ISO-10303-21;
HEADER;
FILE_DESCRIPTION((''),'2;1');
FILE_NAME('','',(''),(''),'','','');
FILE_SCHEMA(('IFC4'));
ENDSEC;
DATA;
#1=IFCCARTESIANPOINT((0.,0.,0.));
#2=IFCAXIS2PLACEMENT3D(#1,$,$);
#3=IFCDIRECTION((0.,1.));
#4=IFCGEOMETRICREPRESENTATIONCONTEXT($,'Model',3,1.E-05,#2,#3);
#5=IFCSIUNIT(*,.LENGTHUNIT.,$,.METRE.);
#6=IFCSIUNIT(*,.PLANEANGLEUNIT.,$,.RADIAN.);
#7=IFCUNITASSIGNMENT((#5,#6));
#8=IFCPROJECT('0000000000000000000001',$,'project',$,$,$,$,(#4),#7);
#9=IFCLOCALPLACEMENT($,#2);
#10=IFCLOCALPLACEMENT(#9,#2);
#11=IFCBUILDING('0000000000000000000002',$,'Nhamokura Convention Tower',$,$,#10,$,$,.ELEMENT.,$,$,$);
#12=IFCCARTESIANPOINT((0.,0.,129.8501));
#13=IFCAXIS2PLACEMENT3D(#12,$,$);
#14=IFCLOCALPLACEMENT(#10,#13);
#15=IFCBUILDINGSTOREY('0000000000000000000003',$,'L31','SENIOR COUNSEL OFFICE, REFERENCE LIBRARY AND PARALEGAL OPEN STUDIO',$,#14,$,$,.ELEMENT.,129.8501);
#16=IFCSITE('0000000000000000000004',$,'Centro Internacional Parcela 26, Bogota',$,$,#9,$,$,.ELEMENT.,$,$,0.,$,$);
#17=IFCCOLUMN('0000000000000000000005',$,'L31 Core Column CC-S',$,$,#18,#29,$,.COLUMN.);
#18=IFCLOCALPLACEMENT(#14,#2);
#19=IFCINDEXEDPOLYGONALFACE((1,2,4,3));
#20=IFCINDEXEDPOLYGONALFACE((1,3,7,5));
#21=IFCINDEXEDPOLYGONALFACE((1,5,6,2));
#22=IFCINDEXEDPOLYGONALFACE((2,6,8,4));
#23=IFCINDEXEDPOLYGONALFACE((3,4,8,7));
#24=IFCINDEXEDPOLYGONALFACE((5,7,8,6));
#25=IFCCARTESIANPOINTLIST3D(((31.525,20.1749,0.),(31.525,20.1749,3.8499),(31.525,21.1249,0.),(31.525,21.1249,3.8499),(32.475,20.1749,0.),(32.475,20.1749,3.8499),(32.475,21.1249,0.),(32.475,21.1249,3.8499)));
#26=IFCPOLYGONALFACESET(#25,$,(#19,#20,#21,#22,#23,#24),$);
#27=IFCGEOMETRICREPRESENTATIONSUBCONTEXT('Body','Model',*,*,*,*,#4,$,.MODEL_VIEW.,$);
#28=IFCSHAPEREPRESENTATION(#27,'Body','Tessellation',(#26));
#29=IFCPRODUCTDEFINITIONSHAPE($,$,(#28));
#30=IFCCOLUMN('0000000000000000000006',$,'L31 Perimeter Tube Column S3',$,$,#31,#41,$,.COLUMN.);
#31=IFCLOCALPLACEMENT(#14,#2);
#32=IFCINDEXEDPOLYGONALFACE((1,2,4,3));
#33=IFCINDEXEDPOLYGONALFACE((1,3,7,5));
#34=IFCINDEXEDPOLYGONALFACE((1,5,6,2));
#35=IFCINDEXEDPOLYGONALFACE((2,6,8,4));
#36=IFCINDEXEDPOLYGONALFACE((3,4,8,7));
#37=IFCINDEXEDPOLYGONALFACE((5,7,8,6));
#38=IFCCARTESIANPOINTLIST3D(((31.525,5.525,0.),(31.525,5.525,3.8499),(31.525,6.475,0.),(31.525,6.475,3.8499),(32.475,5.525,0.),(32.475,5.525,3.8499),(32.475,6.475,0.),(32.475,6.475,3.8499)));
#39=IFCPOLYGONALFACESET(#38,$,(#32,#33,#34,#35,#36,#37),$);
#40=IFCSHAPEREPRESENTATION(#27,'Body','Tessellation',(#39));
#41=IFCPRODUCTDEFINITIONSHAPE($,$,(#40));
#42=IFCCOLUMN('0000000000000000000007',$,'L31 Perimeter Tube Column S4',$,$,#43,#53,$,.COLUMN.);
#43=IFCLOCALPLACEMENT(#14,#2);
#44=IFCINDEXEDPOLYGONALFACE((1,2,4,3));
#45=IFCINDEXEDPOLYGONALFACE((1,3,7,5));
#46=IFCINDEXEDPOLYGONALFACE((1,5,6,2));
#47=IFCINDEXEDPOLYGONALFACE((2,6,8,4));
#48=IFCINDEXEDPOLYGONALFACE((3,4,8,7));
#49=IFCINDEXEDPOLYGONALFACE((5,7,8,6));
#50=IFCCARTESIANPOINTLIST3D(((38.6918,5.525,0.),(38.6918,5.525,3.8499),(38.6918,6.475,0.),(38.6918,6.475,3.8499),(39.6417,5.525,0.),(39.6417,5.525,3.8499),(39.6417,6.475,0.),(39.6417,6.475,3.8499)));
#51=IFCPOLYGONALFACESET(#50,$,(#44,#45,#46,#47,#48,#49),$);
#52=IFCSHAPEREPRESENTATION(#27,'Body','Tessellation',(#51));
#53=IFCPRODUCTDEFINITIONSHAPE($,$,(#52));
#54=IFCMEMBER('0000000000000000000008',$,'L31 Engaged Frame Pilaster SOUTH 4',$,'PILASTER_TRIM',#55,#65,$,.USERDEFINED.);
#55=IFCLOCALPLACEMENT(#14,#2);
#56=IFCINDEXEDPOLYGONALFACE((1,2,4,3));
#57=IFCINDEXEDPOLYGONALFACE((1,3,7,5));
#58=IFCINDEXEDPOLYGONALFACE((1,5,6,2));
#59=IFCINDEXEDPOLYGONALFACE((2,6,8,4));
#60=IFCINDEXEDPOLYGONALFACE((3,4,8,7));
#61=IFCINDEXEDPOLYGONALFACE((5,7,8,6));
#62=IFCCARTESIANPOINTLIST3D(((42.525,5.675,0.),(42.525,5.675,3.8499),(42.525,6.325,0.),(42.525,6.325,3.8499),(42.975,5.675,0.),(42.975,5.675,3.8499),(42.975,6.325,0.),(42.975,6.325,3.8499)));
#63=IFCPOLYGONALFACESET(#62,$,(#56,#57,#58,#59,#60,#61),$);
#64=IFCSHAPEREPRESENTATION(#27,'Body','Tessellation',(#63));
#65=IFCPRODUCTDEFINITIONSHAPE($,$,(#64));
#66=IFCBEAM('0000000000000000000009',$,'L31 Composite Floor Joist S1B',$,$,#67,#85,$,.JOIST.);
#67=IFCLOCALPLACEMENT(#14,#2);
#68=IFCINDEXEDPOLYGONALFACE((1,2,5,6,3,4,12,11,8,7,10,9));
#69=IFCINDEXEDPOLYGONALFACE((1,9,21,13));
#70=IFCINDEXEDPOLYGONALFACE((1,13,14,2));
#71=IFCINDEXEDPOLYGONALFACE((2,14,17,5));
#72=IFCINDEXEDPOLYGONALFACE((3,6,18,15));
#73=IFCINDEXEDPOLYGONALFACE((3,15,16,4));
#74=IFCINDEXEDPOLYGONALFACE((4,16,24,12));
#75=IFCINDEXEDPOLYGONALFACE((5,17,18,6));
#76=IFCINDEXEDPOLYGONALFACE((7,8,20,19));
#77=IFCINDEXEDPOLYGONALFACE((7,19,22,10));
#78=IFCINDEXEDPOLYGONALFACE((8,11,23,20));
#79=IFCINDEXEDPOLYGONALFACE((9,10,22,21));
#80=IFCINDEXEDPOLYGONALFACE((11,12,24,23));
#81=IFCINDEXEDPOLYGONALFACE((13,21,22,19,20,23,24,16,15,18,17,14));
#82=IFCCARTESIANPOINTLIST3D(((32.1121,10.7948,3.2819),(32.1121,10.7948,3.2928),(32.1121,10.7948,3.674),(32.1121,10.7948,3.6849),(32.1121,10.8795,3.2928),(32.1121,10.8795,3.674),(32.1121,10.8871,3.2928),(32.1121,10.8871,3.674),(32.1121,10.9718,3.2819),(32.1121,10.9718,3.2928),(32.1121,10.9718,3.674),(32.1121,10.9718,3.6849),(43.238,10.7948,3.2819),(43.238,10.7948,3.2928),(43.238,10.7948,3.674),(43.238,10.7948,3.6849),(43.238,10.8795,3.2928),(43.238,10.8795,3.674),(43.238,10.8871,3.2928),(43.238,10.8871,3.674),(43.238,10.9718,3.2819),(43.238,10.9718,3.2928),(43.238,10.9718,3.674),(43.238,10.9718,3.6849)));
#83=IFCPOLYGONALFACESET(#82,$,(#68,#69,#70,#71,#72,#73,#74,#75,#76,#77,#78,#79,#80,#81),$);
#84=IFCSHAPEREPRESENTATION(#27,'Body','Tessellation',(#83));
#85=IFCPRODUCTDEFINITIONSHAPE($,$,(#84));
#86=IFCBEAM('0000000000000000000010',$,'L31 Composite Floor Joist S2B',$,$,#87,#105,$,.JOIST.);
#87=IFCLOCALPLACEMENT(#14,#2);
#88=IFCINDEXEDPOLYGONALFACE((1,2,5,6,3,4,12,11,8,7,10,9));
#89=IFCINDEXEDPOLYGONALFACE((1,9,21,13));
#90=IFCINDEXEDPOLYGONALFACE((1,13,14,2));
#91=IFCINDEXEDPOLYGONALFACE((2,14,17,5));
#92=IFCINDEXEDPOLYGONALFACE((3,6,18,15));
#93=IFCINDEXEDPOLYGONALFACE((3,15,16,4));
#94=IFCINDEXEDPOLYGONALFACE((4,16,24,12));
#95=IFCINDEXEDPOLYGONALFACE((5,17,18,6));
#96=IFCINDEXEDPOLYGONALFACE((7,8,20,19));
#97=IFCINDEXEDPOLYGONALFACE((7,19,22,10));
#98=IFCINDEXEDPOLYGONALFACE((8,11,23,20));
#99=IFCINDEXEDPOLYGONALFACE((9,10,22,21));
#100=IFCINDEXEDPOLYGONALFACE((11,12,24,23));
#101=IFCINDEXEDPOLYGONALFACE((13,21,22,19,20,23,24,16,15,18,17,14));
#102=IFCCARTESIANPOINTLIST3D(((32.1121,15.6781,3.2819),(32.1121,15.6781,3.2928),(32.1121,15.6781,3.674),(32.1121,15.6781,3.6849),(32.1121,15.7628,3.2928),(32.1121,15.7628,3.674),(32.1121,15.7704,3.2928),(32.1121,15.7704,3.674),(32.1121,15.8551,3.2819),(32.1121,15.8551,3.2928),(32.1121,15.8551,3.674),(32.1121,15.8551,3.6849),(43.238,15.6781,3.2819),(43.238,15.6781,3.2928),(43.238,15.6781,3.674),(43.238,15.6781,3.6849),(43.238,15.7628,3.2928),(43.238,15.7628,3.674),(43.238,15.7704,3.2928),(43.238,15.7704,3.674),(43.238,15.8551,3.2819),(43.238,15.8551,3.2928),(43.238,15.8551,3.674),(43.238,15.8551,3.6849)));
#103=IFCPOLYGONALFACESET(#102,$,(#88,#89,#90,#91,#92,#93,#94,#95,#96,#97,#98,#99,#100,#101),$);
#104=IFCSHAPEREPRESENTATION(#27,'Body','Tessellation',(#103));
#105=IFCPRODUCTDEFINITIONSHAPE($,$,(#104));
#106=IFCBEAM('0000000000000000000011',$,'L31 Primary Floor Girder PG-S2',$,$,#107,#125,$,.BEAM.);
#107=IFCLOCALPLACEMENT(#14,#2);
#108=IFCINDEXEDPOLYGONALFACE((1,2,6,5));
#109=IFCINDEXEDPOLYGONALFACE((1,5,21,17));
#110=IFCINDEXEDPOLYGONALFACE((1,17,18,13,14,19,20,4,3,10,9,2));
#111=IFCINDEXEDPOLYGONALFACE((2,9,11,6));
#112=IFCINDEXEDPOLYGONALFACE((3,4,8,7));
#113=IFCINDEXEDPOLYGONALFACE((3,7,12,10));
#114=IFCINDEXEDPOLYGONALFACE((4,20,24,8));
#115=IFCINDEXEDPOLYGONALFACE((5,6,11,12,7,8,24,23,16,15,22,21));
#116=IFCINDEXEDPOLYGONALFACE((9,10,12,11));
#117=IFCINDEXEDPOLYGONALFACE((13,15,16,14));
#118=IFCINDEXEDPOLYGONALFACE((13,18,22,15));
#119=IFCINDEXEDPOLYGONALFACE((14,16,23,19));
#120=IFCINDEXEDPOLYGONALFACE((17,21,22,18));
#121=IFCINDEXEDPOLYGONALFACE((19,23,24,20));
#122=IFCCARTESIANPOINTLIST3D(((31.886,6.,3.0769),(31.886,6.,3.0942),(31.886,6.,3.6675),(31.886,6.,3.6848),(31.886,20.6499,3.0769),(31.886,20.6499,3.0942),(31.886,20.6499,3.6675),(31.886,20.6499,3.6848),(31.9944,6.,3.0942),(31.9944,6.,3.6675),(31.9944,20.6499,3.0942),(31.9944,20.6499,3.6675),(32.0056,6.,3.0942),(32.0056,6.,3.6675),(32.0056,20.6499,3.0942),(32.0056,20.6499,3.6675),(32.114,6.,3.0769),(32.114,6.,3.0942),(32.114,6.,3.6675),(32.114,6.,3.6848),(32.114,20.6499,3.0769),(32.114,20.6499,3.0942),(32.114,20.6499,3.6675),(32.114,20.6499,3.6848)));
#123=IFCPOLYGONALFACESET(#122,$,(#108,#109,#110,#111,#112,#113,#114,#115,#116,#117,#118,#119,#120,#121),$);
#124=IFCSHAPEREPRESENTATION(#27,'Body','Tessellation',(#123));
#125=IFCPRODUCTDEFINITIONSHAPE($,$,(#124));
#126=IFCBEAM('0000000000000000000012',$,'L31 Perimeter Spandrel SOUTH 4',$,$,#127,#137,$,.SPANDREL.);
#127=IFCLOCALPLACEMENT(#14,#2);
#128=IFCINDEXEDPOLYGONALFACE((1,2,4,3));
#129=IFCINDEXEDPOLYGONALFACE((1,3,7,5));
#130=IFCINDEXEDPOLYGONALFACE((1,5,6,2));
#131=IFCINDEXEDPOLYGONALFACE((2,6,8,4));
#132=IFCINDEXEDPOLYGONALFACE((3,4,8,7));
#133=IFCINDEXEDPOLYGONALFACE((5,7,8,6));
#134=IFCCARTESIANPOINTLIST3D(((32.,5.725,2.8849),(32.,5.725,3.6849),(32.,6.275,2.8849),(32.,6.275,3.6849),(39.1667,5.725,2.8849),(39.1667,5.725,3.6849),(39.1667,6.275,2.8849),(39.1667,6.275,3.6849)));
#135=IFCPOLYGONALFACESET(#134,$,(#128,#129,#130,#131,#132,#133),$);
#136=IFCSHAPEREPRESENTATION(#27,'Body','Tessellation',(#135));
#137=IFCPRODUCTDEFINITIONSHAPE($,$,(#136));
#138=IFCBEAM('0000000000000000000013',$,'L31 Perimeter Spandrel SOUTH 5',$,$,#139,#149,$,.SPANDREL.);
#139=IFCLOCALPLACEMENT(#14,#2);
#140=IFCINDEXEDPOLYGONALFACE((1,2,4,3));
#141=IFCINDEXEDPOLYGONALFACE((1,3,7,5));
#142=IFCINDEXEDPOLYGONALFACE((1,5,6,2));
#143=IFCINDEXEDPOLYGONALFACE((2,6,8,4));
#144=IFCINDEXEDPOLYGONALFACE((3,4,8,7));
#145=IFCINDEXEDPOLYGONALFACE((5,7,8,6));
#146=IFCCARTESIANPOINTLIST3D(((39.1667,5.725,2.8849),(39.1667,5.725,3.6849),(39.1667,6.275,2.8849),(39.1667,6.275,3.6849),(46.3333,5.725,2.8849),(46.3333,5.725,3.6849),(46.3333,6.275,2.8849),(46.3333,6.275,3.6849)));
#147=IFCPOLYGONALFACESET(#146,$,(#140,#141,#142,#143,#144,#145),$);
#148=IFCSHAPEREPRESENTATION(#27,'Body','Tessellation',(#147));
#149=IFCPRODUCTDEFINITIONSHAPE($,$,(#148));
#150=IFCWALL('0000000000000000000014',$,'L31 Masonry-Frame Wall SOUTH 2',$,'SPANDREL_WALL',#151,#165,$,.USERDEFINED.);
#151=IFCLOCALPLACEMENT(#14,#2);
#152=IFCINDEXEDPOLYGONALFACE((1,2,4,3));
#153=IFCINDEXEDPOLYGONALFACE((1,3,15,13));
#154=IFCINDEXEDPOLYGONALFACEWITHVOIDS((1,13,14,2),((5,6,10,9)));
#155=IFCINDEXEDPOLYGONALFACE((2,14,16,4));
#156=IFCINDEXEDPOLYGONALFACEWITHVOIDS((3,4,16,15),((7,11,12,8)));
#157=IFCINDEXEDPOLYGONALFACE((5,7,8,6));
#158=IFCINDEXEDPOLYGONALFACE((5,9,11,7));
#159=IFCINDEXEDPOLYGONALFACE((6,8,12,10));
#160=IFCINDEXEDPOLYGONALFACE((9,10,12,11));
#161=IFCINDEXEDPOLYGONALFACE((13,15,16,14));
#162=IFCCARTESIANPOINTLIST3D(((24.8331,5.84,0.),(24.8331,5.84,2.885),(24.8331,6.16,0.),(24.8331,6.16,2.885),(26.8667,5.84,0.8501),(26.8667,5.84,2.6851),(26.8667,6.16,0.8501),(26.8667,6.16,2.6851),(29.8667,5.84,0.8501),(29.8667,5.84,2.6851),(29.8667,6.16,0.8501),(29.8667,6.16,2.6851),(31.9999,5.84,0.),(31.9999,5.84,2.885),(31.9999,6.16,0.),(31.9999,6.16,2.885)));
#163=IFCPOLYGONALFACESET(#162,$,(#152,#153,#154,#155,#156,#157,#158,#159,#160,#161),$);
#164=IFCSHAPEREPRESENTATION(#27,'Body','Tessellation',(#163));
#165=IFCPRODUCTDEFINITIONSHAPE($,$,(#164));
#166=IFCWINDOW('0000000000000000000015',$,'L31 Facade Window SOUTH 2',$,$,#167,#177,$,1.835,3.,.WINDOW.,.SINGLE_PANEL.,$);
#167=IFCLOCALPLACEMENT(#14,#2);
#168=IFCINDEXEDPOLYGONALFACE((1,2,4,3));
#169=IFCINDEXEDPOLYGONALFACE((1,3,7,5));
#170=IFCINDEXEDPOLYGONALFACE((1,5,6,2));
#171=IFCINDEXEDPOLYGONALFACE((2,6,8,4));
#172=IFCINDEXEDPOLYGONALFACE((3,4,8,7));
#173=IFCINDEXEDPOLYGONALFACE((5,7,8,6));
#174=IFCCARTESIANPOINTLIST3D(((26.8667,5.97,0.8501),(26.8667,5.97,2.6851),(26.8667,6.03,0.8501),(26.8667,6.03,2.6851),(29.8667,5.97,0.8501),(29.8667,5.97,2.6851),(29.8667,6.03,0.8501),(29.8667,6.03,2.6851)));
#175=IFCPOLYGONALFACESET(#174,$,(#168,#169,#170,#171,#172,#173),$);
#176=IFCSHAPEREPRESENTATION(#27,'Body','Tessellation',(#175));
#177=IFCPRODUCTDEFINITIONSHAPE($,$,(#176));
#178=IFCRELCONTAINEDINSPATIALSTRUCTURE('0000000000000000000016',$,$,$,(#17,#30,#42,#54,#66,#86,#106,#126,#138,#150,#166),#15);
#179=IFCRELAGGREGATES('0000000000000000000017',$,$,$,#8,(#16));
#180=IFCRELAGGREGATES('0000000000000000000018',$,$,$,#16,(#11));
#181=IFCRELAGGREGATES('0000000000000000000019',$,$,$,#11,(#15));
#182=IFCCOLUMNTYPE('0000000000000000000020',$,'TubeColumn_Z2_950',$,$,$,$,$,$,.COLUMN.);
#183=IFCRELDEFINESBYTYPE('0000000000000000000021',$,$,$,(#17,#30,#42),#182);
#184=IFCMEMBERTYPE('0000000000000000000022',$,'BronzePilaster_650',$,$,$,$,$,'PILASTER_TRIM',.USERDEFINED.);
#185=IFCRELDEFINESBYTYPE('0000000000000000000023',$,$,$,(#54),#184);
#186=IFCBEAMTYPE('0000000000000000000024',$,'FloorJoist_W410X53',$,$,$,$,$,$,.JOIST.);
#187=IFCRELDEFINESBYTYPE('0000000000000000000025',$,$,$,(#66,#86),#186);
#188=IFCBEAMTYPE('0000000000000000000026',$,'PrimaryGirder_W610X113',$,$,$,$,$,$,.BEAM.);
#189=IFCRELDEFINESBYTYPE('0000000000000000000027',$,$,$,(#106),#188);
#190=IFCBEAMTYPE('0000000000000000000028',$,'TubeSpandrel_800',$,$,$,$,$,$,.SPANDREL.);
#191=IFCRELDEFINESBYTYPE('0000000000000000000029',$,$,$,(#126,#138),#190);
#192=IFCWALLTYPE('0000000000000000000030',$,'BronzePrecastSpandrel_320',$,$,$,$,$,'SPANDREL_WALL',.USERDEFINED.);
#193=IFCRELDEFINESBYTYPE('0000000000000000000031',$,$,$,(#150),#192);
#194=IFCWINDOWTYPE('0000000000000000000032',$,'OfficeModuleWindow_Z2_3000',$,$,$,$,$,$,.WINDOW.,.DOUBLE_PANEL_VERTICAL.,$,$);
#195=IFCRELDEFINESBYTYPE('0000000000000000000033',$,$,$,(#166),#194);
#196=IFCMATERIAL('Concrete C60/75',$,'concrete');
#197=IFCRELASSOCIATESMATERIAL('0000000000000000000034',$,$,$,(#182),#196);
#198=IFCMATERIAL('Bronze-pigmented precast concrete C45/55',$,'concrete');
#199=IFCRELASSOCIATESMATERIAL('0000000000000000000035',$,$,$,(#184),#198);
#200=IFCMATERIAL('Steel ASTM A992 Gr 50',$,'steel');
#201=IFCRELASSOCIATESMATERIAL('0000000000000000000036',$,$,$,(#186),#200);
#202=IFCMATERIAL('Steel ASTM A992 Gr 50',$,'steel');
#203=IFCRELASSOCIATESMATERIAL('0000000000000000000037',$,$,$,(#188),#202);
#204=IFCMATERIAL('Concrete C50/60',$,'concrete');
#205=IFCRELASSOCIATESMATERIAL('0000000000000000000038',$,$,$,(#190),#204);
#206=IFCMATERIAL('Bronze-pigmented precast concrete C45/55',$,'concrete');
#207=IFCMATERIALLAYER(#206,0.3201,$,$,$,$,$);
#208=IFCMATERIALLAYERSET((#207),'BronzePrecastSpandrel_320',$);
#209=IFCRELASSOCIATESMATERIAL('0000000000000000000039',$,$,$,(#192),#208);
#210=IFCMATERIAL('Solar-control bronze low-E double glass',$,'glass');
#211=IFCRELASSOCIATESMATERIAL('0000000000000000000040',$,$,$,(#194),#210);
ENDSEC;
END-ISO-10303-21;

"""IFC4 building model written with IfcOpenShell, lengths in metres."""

from ifc_helpers import new_model, si_unit, direction, frame, frame_2d, origin, origin_2d, place, context, subcontext, project, spatial, rectangle, i_section, extrude, material, layer, layer_set, material_profile, profile_set, type_object, element, fill, save


model = new_model("IFC4")

# Units and contexts
model_context = context("Model", 3, precision=1e-05, world=origin(), true_north=direction((0.0, 1.0)))
body_context = subcontext(model_context, "Body", "Model", "MODEL_VIEW")
ifc_project = project(units=[si_unit("LENGTHUNIT", "METRE"), si_unit("PLANEANGLEUNIT", "RADIAN")], contexts=[model_context])

# Site, building, storey
site_placement = place(None, origin())
site = spatial("IfcSite", under=ifc_project, at=site_placement, Name="Centro Internacional Parcela 26, Bogota", CompositionType="ELEMENT", RefElevation=0.0)
building_placement = place(site_placement, origin())
building = spatial("IfcBuilding", under=site, at=building_placement, Name="Nhamokura Convention Tower", CompositionType="ELEMENT")
storey_placement = place(building_placement, frame((0.0, 0.0, 129.8501)))
storey = spatial("IfcBuildingStorey", under=building, at=storey_placement, Name="L31", Description="SENIOR COUNSEL OFFICE, REFERENCE LIBRARY AND PARALEGAL OPEN STUDIO", CompositionType="ELEMENT", Elevation=129.8501)

# Columns
ifc_material_1 = material(Name="Concrete C60/75", Category="concrete")
ifc_material_profile_1 = material_profile(ifc_material_1, rectangle(XDim=0.95, YDim=0.95, at=origin_2d()))
ifc_profile_set_1 = profile_set([ifc_material_profile_1], Name="Concrete C60/75")
column_type = type_object("IfcColumnType", Name="TubeColumn_Z2_950", PredefinedType="COLUMN", material=ifc_profile_set_1)
for number, where, z_axis, x_axis, name in (
    (1, (32.0, 20.6499, 0.0), (0.0, 0.0, 1.0), (1.0, 0.0, 0.0), "L31 Core Column CC-S"),
    (2, (32.0, 6.0, 0.0), (0.0, 0.0, 1.0), (1.0, 0.0, 0.0), "L31 Perimeter Tube Column S3"),
    (3, (39.1667, 6.0, 0.0), (0.0, 0.0, 1.0), (1.0, 0.0, 0.0), "L31 Perimeter Tube Column S4"),
):
    element("IfcColumn", number, at=place(storey_placement, frame(where, z_axis=z_axis, x_axis=x_axis)), inside=storey, type_object=column_type, Name=name, PredefinedType="COLUMN", context=body_context, shape_type="SweptSolid", body=[
        extrude(rectangle(XDim=0.95, YDim=0.95, at=origin_2d()), origin(), (0.0, 0.0, 1.0), 3.8499),
    ])

# Member
ifc_material_2 = material(Name="Bronze-pigmented precast concrete C45/55", Category="concrete")
ifc_material_profile_2 = material_profile(ifc_material_2, rectangle(XDim=0.45, YDim=0.6499, at=origin_2d()))
ifc_profile_set_2 = profile_set([ifc_material_profile_2], Name="Bronze-pigmented precast concrete C45/55")
member_type = type_object("IfcMemberType", Name="BronzePilaster_650", ElementType="PILASTER_TRIM", PredefinedType="USERDEFINED", material=ifc_profile_set_2)
member_placement = place(storey_placement, frame((42.75, 6.0, 0.0), z_axis=(0.0, 0.0, 1.0), x_axis=(1.0, 0.0, 0.0)))
element("IfcMember", 4, at=member_placement, inside=storey, type_object=member_type, Name="L31 Engaged Frame Pilaster SOUTH 4", ObjectType="PILASTER_TRIM", PredefinedType="USERDEFINED", context=body_context, shape_type="SweptSolid", body=[
    extrude(rectangle(XDim=0.45, YDim=0.6499, at=origin_2d()), origin(), (0.0, 0.0, 1.0), 3.8499),
])

# Beams
ifc_material_3 = material(Name="Steel ASTM A992 Gr 50", Category="steel")
ifc_material_profile_3 = material_profile(ifc_material_3, i_section(OverallWidth=0.177, OverallDepth=0.4031, WebThickness=0.0076, FlangeThickness=0.011, at=origin_2d()))
ifc_profile_set_3 = profile_set([ifc_material_profile_3], Name="Steel ASTM A992 Gr 50")
beam_type_1 = type_object("IfcBeamType", Name="FloorJoist_W410X53", PredefinedType="JOIST", material=ifc_profile_set_3)
for number, where, z_axis, x_axis, name in (
    (5, (32.1121, 10.8833, 3.4834), (1.0, 0.0, 0.0), (0.0, 1.0, 0.0), "L31 Composite Floor Joist S1B"),
    (6, (32.1121, 15.7666, 3.4834), (1.0, 0.0, 0.0), (0.0, 1.0, 0.0), "L31 Composite Floor Joist S2B"),
):
    element("IfcBeam", number, at=place(storey_placement, frame(where, z_axis=z_axis, x_axis=x_axis)), inside=storey, type_object=beam_type_1, Name=name, PredefinedType="JOIST", context=body_context, shape_type="SweptSolid", body=[
        extrude(i_section(OverallWidth=0.177, OverallDepth=0.4031, WebThickness=0.0076, FlangeThickness=0.011, at=origin_2d()), origin(), (0.0, 0.0, 1.0), 11.126),
    ])
ifc_material_4 = material(Name="Steel ASTM A992 Gr 50", Category="steel")
ifc_material_profile_4 = material_profile(ifc_material_4, i_section(OverallWidth=0.228, OverallDepth=0.6079, WebThickness=0.0112, FlangeThickness=0.0173, at=origin_2d()))
ifc_profile_set_4 = profile_set([ifc_material_profile_4], Name="Steel ASTM A992 Gr 50")
beam_type_2 = type_object("IfcBeamType", Name="PrimaryGirder_W610X113", PredefinedType="BEAM", material=ifc_profile_set_4)
beam_1_placement = place(storey_placement, frame((32.0, 6.0, 3.3809), z_axis=(0.0, 1.0, 0.0), x_axis=(-1.0, 0.0, 0.0)))
element("IfcBeam", 7, at=beam_1_placement, inside=storey, type_object=beam_type_2, Name="L31 Primary Floor Girder PG-S2", PredefinedType="BEAM", context=body_context, shape_type="SweptSolid", body=[
    extrude(i_section(OverallWidth=0.228, OverallDepth=0.6079, WebThickness=0.0112, FlangeThickness=0.0173, at=origin_2d()), origin(), (0.0, 0.0, 1.0), 14.6499),
])
ifc_material_5 = material(Name="Concrete C50/60", Category="concrete")
ifc_material_profile_5 = material_profile(ifc_material_5, rectangle(XDim=0.55, YDim=0.8, at=origin_2d()))
ifc_profile_set_5 = profile_set([ifc_material_profile_5], Name="Concrete C50/60")
beam_type_3 = type_object("IfcBeamType", Name="TubeSpandrel_800", PredefinedType="SPANDREL", material=ifc_profile_set_5)
beam_2_placement = place(storey_placement, frame((32.0, 6.0, 3.2849), z_axis=(1.0, 0.0, 0.0), x_axis=(0.0, 1.0, 0.0)))
element("IfcBeam", 8, at=beam_2_placement, inside=storey, type_object=beam_type_3, Name="L31 Perimeter Spandrel SOUTH 4", PredefinedType="SPANDREL", context=body_context, shape_type="SweptSolid", body=[
    extrude(rectangle(XDim=0.55, YDim=0.8, at=origin_2d()), origin(), (0.0, 0.0, 1.0), 7.1667),
])
beam_3_placement = place(storey_placement, frame((39.1667, 6.0, 3.2849), z_axis=(1.0, 0.0, 0.0), x_axis=(0.0, 1.0, 0.0)))
element("IfcBeam", 9, at=beam_3_placement, inside=storey, type_object=beam_type_3, Name="L31 Perimeter Spandrel SOUTH 5", PredefinedType="SPANDREL", context=body_context, shape_type="SweptSolid", body=[
    extrude(rectangle(XDim=0.55, YDim=0.8, at=origin_2d()), origin(), (0.0, 0.0, 1.0), 7.1665),
])

# Wall, opening, window
ifc_material_6 = material(Name="Bronze-pigmented precast concrete C45/55", Category="concrete")
ifc_layer_1 = layer(ifc_material_6, 0.3201)
ifc_layer_set_1 = layer_set([ifc_layer_1], Name="BronzePrecastSpandrel_320")
wall_type_1 = type_object("IfcWallType", Name="BronzePrecastSpandrel_320", ElementType="SPANDREL_WALL", PredefinedType="USERDEFINED", material=ifc_layer_set_1)
wall_1_placement = place(storey_placement, frame((32.0, 6.0, 0.0), z_axis=(0.0, 0.0, 1.0), x_axis=(-1.0, 0.0, 0.0)))
wall_1 = element("IfcWall", 10, at=wall_1_placement, inside=storey, type_object=wall_type_1, Name="L31 Masonry-Frame Wall SOUTH 2", ObjectType="SPANDREL_WALL", PredefinedType="USERDEFINED", context=body_context, shape_type="SweptSolid", body=[
    extrude(rectangle(XDim=7.1667, YDim=0.3201, at=frame_2d((3.5835, 0.0))), origin(), (0.0, 0.0, 1.0), 2.885),
])
opening_1_placement = place(wall_1_placement, frame((2.1333, 0.0, 0.8501)))
opening_1 = element("IfcOpeningElement", 11, at=opening_1_placement, cuts=wall_1, PredefinedType="OPENING", context=body_context, shape_type="SweptSolid", body=[
    extrude(rectangle(XDim=3.0, YDim=1.835, at=frame_2d((1.5, 0.9175))), frame((0.0, 0.1699, 0.0), z_axis=(0.0, -1.0, 0.0), x_axis=(1.0, 0.0, 0.0)), (0.0, 0.0, 1.0), 0.3401),
])
ifc_material_7 = material(Name="Solar-control bronze low-E double glass", Category="glass")
window_type = type_object("IfcWindowType", Name="OfficeModuleWindow_Z2_3000", PartitioningType="DOUBLE_PANEL_VERTICAL", PredefinedType="WINDOW", material=ifc_material_7)
window_1_placement = place(opening_1_placement, origin())
window_1 = element("IfcWindow", 12, at=window_1_placement, inside=storey, type_object=window_type, Name="L31 Facade Window SOUTH 2", OverallHeight=1.835, OverallWidth=3.0, PartitioningType="SINGLE_PANEL", PredefinedType="WINDOW", context=body_context, shape_type="SweptSolid", body=[
    extrude(rectangle(XDim=3.0, YDim=1.835, at=frame_2d((1.5, 0.9175))), frame((0.0, 0.03, 0.0), z_axis=(0.0, -1.0, 0.0), x_axis=(1.0, 0.0, 0.0)), (0.0, 0.0, 1.0), 0.0601),
])
fill(opening_1, window_1)

save(model, "model.ifc")
